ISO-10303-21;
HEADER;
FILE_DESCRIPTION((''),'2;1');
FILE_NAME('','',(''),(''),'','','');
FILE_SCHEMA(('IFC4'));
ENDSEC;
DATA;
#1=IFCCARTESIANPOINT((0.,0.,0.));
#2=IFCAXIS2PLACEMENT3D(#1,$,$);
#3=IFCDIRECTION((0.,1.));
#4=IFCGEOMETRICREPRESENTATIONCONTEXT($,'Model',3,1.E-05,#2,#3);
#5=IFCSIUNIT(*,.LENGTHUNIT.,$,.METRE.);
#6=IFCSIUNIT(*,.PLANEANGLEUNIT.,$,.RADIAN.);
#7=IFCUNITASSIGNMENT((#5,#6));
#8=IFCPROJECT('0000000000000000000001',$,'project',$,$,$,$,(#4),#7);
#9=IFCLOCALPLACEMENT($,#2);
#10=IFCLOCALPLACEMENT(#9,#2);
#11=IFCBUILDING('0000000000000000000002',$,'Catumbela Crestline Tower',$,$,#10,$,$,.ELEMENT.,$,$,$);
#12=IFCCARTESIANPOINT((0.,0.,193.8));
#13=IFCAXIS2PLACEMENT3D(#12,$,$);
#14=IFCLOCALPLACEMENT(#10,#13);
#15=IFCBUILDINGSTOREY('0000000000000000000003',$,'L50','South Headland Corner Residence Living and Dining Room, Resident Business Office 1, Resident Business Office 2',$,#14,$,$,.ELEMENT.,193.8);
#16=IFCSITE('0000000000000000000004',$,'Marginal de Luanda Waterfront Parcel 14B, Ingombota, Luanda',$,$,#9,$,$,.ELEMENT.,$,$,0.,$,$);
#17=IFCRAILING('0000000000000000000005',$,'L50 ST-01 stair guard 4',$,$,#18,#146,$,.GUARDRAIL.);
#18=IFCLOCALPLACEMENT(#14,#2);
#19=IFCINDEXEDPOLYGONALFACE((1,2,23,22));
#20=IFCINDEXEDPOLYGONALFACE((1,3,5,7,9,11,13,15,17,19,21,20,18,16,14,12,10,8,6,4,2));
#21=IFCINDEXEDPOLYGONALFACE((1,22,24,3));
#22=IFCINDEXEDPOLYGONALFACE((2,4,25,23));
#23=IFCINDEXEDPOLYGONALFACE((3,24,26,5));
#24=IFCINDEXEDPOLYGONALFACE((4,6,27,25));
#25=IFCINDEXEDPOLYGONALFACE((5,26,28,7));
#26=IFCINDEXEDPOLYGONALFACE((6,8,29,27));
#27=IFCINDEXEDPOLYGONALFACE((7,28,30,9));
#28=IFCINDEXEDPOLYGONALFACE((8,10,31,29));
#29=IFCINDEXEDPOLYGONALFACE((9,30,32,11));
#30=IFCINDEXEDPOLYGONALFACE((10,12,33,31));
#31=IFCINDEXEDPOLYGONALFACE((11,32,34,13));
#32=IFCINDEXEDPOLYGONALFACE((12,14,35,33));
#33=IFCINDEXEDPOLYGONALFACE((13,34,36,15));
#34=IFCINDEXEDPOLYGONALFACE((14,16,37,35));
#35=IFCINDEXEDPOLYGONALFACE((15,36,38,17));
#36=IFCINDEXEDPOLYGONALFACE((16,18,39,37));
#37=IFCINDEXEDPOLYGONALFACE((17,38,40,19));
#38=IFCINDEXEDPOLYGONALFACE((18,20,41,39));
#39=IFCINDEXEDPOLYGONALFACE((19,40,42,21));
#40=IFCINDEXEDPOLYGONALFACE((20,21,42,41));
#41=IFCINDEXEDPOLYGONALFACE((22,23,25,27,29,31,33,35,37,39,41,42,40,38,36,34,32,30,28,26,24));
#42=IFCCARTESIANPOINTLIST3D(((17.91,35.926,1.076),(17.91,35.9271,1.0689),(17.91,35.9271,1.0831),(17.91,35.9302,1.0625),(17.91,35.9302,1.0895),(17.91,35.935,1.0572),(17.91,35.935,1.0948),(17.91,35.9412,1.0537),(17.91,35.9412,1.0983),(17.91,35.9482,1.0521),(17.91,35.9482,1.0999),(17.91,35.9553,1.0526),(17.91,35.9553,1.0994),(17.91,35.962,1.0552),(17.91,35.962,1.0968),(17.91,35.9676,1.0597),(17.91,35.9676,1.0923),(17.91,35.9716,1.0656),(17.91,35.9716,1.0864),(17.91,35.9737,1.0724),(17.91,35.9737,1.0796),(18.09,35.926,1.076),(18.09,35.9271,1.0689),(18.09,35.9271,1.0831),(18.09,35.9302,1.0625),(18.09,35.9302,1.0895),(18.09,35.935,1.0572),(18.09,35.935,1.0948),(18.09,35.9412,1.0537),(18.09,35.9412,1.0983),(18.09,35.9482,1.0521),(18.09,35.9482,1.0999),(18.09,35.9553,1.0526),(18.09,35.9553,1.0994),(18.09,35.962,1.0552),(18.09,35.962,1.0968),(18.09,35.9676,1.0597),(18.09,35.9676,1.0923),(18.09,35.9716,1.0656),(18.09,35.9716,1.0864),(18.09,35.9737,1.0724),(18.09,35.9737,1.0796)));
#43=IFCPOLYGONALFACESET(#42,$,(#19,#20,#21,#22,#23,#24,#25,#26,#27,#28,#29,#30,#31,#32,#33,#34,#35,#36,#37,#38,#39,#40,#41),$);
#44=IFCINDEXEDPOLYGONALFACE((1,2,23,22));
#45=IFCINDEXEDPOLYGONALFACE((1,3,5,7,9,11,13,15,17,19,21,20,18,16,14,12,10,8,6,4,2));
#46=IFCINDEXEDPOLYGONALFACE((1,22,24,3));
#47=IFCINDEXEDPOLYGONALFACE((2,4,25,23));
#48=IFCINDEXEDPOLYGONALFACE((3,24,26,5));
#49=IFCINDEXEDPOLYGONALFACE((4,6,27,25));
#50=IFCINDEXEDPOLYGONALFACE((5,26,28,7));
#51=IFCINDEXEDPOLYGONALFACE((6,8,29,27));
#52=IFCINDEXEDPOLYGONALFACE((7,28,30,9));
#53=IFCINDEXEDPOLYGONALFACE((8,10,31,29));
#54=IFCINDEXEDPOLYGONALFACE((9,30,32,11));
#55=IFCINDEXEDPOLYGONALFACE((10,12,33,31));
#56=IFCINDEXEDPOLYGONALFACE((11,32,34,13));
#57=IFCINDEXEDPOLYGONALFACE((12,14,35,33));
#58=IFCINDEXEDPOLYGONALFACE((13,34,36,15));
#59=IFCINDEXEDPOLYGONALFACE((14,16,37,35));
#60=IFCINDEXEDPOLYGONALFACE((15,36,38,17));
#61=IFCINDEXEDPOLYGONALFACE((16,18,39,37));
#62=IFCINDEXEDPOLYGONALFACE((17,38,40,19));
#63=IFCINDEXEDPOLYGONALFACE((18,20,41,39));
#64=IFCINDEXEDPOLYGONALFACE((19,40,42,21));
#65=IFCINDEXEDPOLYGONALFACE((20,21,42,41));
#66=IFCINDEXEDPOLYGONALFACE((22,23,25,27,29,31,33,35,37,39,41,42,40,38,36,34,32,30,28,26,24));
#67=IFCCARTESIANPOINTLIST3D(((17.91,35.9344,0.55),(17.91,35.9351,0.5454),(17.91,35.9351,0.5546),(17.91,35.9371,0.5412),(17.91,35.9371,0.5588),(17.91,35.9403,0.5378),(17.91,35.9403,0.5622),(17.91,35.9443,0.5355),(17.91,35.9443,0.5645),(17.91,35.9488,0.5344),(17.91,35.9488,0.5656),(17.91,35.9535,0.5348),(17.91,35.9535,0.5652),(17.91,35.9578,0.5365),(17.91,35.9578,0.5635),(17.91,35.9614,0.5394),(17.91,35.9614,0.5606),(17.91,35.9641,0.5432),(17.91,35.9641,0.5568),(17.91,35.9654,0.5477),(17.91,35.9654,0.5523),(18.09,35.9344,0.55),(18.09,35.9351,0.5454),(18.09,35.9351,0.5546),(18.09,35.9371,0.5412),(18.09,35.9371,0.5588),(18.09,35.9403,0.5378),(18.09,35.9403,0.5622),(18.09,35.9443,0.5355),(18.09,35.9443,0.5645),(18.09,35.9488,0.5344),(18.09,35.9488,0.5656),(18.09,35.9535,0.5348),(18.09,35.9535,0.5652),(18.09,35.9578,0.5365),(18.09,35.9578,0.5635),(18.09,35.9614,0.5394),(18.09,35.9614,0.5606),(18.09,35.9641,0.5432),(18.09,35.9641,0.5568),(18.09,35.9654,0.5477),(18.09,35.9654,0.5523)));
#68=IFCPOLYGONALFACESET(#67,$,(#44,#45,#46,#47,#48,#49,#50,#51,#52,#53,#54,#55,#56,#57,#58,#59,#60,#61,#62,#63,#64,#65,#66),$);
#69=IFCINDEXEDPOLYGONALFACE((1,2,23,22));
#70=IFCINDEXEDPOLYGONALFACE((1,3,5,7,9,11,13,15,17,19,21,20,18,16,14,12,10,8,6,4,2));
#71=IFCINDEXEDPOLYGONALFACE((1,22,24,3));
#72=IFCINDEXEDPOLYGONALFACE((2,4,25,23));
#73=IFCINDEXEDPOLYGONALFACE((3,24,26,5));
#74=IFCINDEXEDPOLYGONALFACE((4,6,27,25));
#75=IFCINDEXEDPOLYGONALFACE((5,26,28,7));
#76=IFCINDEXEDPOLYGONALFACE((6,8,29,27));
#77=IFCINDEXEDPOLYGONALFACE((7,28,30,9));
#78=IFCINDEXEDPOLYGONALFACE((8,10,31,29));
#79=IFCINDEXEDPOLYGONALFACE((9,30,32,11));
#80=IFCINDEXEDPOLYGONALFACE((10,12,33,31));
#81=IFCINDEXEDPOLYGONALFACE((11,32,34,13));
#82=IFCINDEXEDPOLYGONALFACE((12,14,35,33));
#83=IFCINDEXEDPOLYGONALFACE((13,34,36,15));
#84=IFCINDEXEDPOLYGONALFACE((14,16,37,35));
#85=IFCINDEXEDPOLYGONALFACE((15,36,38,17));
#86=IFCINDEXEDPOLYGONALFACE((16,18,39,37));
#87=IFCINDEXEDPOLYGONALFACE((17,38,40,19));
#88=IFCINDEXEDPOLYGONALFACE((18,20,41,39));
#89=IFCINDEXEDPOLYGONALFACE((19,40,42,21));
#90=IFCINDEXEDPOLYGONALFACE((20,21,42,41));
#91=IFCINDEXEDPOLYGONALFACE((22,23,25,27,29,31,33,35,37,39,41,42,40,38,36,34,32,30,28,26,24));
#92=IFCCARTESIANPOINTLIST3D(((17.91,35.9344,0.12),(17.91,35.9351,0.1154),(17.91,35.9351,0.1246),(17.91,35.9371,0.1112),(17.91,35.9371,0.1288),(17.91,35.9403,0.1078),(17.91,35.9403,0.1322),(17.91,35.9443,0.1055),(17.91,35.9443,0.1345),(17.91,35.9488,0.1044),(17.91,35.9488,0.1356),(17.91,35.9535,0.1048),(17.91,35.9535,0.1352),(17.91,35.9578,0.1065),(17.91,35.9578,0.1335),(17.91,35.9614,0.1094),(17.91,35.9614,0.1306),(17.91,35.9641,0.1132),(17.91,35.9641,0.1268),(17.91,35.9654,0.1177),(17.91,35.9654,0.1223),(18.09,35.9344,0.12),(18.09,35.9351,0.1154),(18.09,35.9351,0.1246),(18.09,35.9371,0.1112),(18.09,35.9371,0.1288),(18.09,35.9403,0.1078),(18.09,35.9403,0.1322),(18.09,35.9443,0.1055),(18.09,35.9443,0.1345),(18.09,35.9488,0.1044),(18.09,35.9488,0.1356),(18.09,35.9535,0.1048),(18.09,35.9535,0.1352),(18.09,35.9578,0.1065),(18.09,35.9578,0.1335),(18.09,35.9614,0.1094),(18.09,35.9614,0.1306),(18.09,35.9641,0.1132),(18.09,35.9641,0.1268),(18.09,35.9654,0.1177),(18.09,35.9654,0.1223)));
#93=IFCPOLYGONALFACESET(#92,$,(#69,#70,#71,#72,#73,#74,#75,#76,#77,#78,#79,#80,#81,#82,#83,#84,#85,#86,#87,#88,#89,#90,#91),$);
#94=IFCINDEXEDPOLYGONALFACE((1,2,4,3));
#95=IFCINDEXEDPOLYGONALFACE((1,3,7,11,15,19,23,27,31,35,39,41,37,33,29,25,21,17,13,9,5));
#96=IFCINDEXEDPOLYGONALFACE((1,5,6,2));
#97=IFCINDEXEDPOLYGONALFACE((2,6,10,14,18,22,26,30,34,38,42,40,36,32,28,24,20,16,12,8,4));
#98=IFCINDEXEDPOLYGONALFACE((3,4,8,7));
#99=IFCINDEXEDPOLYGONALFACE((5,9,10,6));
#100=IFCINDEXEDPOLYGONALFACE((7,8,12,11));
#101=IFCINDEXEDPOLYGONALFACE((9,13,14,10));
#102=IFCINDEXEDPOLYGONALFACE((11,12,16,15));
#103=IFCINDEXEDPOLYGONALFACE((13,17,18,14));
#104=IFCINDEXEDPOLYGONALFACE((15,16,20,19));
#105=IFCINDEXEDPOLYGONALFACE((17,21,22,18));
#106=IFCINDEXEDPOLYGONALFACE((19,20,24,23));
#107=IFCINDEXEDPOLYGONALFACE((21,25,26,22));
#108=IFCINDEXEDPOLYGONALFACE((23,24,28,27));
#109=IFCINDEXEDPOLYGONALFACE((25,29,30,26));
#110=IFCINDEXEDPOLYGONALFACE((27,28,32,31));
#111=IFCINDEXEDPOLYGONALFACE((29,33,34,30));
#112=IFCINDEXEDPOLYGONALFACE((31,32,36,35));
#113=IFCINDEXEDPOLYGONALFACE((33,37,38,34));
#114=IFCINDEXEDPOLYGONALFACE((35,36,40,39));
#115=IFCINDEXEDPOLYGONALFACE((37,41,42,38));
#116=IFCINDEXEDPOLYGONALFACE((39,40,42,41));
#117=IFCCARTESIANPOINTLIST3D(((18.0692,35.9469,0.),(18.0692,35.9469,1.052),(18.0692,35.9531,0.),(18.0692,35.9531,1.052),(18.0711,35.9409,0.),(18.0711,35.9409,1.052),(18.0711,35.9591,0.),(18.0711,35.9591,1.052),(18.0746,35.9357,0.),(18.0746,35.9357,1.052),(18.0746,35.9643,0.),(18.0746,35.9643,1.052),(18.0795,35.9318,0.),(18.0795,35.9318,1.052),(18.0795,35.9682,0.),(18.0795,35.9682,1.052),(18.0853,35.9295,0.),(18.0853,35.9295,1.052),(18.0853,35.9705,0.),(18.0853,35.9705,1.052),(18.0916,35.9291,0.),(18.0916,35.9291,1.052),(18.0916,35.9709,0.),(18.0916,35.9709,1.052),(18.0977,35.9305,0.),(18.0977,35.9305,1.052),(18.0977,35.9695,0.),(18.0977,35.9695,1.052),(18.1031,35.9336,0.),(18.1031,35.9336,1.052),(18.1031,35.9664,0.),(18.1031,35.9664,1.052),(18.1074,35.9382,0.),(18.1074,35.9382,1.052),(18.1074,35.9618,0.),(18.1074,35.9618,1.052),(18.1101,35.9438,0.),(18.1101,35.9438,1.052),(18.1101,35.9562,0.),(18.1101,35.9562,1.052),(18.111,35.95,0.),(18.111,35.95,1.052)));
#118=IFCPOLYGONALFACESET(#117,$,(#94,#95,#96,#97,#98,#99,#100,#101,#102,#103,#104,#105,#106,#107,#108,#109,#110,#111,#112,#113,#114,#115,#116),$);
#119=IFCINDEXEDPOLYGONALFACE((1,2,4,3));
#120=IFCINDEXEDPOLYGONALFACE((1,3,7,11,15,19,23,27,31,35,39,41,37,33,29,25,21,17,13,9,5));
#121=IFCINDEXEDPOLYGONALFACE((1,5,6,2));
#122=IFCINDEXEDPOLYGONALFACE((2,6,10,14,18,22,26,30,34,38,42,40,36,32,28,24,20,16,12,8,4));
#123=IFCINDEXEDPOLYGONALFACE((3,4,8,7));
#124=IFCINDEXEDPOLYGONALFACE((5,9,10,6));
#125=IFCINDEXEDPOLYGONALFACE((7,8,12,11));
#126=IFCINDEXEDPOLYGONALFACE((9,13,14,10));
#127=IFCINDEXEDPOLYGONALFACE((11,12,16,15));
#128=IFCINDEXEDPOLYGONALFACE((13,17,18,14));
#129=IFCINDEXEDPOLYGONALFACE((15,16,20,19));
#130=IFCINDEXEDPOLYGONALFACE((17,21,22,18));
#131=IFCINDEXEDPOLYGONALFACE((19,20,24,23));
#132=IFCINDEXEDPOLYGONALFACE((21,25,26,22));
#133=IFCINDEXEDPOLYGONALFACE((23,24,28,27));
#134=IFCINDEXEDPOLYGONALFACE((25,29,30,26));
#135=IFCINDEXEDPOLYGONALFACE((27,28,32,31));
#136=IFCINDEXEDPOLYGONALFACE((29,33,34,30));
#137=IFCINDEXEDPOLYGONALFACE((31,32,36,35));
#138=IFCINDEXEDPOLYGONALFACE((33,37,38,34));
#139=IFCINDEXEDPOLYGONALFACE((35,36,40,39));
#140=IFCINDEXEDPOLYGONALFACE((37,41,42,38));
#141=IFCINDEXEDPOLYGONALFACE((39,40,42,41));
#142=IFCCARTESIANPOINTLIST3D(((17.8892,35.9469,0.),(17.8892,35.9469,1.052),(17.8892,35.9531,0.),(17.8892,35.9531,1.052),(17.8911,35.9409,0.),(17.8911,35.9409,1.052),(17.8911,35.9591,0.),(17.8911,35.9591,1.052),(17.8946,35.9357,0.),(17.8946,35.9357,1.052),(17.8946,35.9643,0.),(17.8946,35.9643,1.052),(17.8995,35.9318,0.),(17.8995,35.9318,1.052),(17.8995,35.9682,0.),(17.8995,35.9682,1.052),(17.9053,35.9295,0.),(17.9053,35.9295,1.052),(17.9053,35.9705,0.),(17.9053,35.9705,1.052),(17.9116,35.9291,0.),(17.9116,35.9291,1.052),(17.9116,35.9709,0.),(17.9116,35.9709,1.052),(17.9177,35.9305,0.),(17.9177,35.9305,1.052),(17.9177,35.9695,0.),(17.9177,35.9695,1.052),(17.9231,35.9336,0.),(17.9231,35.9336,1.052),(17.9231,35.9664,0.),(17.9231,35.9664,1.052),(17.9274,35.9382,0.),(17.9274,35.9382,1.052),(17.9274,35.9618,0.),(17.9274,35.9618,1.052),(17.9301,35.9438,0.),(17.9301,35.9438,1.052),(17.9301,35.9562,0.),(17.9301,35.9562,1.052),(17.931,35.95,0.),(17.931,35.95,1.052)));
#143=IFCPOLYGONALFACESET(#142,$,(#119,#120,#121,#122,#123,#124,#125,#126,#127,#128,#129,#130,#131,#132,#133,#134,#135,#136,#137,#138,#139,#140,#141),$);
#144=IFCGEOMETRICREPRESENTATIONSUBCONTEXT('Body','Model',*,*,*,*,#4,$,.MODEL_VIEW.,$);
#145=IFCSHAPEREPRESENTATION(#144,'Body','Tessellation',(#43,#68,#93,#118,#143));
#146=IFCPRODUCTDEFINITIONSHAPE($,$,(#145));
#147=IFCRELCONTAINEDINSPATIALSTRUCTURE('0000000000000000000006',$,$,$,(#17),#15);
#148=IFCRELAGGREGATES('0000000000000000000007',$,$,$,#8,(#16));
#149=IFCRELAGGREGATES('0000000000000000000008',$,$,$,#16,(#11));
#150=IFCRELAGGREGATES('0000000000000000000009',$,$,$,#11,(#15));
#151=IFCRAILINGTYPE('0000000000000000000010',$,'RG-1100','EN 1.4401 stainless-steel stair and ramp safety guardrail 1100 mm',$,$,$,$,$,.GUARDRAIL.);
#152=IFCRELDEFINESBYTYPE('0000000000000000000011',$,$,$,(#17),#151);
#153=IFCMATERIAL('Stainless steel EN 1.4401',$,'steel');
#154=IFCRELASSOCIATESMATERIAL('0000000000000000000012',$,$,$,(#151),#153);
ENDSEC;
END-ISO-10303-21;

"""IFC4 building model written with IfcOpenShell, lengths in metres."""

from ifc_helpers import new_model, si_unit, direction, frame, origin, origin_2d, place, context, subcontext, project, spatial, circle, extrude, material, type_object, element, save


model = new_model("IFC4")

# Units and contexts
model_context = context("Model", 3, precision=1e-05, world=origin(), true_north=direction((0.0, 1.0)))
body_context = subcontext(model_context, "Body", "Model", "MODEL_VIEW")
ifc_project = project(units=[si_unit("LENGTHUNIT", "METRE"), si_unit("PLANEANGLEUNIT", "RADIAN")], contexts=[model_context])

# Site, building, storey
site_placement = place(None, origin())
site = spatial("IfcSite", under=ifc_project, at=site_placement, Name="Marginal de Luanda Waterfront Parcel 14B, Ingombota, Luanda", CompositionType="ELEMENT", RefElevation=0.0)
building_placement = place(site_placement, origin())
building = spatial("IfcBuilding", under=site, at=building_placement, Name="Catumbela Crestline Tower", CompositionType="ELEMENT")
storey_placement = place(building_placement, frame((0.0, 0.0, 193.8)))
storey = spatial("IfcBuildingStorey", under=building, at=storey_placement, Name="L50", Description="South Headland Corner Residence Living and Dining Room, Resident Business Office 1, Resident Business Office 2", CompositionType="ELEMENT", Elevation=193.8)

# Shared definitions
ifc_material_1 = material(Name="Stainless steel EN 1.4401", Category="steel")

# Railing
railing_type_1 = type_object("IfcRailingType", Name="RG-1100", Description="EN 1.4401 stainless-steel stair and ramp safety guardrail 1100 mm", PredefinedType="GUARDRAIL", material=ifc_material_1)
railing_1_placement = place(storey_placement, frame((18.09, 35.95, 0.0)))
element("IfcRailing", 1, at=railing_1_placement, inside=storey, type_object=railing_type_1, Name="L50 ST-01 stair guard 4", PredefinedType="GUARDRAIL", context=body_context, shape_type="SweptSolid", body=[
    extrude(circle(Radius=0.024, at=origin_2d()), frame((0.0, 0.0, 1.076), z_axis=(-1.0, 0.0, 0.0), x_axis=(0.0, -1.0, 0.0)), (0.0, 0.0, 1.0), 0.18),
    extrude(circle(Radius=0.0156, at=origin_2d()), frame((0.0, 0.0, 0.55), z_axis=(-1.0, 0.0, 0.0), x_axis=(0.0, -1.0, 0.0)), (0.0, 0.0, 1.0), 0.18),
    extrude(circle(Radius=0.0156, at=origin_2d()), frame((0.0, 0.0, 0.12), z_axis=(-1.0, 0.0, 0.0), x_axis=(0.0, -1.0, 0.0)), (0.0, 0.0, 1.0), 0.18),
    extrude(circle(Radius=0.021, at=origin_2d()), origin(), (0.0, 0.0, 1.0), 1.052),
    extrude(circle(Radius=0.021, at=origin_2d()), frame((-0.18, 0.0, 0.0)), (0.0, 0.0, 1.0), 1.052),
])

save(model, "model.ifc")
